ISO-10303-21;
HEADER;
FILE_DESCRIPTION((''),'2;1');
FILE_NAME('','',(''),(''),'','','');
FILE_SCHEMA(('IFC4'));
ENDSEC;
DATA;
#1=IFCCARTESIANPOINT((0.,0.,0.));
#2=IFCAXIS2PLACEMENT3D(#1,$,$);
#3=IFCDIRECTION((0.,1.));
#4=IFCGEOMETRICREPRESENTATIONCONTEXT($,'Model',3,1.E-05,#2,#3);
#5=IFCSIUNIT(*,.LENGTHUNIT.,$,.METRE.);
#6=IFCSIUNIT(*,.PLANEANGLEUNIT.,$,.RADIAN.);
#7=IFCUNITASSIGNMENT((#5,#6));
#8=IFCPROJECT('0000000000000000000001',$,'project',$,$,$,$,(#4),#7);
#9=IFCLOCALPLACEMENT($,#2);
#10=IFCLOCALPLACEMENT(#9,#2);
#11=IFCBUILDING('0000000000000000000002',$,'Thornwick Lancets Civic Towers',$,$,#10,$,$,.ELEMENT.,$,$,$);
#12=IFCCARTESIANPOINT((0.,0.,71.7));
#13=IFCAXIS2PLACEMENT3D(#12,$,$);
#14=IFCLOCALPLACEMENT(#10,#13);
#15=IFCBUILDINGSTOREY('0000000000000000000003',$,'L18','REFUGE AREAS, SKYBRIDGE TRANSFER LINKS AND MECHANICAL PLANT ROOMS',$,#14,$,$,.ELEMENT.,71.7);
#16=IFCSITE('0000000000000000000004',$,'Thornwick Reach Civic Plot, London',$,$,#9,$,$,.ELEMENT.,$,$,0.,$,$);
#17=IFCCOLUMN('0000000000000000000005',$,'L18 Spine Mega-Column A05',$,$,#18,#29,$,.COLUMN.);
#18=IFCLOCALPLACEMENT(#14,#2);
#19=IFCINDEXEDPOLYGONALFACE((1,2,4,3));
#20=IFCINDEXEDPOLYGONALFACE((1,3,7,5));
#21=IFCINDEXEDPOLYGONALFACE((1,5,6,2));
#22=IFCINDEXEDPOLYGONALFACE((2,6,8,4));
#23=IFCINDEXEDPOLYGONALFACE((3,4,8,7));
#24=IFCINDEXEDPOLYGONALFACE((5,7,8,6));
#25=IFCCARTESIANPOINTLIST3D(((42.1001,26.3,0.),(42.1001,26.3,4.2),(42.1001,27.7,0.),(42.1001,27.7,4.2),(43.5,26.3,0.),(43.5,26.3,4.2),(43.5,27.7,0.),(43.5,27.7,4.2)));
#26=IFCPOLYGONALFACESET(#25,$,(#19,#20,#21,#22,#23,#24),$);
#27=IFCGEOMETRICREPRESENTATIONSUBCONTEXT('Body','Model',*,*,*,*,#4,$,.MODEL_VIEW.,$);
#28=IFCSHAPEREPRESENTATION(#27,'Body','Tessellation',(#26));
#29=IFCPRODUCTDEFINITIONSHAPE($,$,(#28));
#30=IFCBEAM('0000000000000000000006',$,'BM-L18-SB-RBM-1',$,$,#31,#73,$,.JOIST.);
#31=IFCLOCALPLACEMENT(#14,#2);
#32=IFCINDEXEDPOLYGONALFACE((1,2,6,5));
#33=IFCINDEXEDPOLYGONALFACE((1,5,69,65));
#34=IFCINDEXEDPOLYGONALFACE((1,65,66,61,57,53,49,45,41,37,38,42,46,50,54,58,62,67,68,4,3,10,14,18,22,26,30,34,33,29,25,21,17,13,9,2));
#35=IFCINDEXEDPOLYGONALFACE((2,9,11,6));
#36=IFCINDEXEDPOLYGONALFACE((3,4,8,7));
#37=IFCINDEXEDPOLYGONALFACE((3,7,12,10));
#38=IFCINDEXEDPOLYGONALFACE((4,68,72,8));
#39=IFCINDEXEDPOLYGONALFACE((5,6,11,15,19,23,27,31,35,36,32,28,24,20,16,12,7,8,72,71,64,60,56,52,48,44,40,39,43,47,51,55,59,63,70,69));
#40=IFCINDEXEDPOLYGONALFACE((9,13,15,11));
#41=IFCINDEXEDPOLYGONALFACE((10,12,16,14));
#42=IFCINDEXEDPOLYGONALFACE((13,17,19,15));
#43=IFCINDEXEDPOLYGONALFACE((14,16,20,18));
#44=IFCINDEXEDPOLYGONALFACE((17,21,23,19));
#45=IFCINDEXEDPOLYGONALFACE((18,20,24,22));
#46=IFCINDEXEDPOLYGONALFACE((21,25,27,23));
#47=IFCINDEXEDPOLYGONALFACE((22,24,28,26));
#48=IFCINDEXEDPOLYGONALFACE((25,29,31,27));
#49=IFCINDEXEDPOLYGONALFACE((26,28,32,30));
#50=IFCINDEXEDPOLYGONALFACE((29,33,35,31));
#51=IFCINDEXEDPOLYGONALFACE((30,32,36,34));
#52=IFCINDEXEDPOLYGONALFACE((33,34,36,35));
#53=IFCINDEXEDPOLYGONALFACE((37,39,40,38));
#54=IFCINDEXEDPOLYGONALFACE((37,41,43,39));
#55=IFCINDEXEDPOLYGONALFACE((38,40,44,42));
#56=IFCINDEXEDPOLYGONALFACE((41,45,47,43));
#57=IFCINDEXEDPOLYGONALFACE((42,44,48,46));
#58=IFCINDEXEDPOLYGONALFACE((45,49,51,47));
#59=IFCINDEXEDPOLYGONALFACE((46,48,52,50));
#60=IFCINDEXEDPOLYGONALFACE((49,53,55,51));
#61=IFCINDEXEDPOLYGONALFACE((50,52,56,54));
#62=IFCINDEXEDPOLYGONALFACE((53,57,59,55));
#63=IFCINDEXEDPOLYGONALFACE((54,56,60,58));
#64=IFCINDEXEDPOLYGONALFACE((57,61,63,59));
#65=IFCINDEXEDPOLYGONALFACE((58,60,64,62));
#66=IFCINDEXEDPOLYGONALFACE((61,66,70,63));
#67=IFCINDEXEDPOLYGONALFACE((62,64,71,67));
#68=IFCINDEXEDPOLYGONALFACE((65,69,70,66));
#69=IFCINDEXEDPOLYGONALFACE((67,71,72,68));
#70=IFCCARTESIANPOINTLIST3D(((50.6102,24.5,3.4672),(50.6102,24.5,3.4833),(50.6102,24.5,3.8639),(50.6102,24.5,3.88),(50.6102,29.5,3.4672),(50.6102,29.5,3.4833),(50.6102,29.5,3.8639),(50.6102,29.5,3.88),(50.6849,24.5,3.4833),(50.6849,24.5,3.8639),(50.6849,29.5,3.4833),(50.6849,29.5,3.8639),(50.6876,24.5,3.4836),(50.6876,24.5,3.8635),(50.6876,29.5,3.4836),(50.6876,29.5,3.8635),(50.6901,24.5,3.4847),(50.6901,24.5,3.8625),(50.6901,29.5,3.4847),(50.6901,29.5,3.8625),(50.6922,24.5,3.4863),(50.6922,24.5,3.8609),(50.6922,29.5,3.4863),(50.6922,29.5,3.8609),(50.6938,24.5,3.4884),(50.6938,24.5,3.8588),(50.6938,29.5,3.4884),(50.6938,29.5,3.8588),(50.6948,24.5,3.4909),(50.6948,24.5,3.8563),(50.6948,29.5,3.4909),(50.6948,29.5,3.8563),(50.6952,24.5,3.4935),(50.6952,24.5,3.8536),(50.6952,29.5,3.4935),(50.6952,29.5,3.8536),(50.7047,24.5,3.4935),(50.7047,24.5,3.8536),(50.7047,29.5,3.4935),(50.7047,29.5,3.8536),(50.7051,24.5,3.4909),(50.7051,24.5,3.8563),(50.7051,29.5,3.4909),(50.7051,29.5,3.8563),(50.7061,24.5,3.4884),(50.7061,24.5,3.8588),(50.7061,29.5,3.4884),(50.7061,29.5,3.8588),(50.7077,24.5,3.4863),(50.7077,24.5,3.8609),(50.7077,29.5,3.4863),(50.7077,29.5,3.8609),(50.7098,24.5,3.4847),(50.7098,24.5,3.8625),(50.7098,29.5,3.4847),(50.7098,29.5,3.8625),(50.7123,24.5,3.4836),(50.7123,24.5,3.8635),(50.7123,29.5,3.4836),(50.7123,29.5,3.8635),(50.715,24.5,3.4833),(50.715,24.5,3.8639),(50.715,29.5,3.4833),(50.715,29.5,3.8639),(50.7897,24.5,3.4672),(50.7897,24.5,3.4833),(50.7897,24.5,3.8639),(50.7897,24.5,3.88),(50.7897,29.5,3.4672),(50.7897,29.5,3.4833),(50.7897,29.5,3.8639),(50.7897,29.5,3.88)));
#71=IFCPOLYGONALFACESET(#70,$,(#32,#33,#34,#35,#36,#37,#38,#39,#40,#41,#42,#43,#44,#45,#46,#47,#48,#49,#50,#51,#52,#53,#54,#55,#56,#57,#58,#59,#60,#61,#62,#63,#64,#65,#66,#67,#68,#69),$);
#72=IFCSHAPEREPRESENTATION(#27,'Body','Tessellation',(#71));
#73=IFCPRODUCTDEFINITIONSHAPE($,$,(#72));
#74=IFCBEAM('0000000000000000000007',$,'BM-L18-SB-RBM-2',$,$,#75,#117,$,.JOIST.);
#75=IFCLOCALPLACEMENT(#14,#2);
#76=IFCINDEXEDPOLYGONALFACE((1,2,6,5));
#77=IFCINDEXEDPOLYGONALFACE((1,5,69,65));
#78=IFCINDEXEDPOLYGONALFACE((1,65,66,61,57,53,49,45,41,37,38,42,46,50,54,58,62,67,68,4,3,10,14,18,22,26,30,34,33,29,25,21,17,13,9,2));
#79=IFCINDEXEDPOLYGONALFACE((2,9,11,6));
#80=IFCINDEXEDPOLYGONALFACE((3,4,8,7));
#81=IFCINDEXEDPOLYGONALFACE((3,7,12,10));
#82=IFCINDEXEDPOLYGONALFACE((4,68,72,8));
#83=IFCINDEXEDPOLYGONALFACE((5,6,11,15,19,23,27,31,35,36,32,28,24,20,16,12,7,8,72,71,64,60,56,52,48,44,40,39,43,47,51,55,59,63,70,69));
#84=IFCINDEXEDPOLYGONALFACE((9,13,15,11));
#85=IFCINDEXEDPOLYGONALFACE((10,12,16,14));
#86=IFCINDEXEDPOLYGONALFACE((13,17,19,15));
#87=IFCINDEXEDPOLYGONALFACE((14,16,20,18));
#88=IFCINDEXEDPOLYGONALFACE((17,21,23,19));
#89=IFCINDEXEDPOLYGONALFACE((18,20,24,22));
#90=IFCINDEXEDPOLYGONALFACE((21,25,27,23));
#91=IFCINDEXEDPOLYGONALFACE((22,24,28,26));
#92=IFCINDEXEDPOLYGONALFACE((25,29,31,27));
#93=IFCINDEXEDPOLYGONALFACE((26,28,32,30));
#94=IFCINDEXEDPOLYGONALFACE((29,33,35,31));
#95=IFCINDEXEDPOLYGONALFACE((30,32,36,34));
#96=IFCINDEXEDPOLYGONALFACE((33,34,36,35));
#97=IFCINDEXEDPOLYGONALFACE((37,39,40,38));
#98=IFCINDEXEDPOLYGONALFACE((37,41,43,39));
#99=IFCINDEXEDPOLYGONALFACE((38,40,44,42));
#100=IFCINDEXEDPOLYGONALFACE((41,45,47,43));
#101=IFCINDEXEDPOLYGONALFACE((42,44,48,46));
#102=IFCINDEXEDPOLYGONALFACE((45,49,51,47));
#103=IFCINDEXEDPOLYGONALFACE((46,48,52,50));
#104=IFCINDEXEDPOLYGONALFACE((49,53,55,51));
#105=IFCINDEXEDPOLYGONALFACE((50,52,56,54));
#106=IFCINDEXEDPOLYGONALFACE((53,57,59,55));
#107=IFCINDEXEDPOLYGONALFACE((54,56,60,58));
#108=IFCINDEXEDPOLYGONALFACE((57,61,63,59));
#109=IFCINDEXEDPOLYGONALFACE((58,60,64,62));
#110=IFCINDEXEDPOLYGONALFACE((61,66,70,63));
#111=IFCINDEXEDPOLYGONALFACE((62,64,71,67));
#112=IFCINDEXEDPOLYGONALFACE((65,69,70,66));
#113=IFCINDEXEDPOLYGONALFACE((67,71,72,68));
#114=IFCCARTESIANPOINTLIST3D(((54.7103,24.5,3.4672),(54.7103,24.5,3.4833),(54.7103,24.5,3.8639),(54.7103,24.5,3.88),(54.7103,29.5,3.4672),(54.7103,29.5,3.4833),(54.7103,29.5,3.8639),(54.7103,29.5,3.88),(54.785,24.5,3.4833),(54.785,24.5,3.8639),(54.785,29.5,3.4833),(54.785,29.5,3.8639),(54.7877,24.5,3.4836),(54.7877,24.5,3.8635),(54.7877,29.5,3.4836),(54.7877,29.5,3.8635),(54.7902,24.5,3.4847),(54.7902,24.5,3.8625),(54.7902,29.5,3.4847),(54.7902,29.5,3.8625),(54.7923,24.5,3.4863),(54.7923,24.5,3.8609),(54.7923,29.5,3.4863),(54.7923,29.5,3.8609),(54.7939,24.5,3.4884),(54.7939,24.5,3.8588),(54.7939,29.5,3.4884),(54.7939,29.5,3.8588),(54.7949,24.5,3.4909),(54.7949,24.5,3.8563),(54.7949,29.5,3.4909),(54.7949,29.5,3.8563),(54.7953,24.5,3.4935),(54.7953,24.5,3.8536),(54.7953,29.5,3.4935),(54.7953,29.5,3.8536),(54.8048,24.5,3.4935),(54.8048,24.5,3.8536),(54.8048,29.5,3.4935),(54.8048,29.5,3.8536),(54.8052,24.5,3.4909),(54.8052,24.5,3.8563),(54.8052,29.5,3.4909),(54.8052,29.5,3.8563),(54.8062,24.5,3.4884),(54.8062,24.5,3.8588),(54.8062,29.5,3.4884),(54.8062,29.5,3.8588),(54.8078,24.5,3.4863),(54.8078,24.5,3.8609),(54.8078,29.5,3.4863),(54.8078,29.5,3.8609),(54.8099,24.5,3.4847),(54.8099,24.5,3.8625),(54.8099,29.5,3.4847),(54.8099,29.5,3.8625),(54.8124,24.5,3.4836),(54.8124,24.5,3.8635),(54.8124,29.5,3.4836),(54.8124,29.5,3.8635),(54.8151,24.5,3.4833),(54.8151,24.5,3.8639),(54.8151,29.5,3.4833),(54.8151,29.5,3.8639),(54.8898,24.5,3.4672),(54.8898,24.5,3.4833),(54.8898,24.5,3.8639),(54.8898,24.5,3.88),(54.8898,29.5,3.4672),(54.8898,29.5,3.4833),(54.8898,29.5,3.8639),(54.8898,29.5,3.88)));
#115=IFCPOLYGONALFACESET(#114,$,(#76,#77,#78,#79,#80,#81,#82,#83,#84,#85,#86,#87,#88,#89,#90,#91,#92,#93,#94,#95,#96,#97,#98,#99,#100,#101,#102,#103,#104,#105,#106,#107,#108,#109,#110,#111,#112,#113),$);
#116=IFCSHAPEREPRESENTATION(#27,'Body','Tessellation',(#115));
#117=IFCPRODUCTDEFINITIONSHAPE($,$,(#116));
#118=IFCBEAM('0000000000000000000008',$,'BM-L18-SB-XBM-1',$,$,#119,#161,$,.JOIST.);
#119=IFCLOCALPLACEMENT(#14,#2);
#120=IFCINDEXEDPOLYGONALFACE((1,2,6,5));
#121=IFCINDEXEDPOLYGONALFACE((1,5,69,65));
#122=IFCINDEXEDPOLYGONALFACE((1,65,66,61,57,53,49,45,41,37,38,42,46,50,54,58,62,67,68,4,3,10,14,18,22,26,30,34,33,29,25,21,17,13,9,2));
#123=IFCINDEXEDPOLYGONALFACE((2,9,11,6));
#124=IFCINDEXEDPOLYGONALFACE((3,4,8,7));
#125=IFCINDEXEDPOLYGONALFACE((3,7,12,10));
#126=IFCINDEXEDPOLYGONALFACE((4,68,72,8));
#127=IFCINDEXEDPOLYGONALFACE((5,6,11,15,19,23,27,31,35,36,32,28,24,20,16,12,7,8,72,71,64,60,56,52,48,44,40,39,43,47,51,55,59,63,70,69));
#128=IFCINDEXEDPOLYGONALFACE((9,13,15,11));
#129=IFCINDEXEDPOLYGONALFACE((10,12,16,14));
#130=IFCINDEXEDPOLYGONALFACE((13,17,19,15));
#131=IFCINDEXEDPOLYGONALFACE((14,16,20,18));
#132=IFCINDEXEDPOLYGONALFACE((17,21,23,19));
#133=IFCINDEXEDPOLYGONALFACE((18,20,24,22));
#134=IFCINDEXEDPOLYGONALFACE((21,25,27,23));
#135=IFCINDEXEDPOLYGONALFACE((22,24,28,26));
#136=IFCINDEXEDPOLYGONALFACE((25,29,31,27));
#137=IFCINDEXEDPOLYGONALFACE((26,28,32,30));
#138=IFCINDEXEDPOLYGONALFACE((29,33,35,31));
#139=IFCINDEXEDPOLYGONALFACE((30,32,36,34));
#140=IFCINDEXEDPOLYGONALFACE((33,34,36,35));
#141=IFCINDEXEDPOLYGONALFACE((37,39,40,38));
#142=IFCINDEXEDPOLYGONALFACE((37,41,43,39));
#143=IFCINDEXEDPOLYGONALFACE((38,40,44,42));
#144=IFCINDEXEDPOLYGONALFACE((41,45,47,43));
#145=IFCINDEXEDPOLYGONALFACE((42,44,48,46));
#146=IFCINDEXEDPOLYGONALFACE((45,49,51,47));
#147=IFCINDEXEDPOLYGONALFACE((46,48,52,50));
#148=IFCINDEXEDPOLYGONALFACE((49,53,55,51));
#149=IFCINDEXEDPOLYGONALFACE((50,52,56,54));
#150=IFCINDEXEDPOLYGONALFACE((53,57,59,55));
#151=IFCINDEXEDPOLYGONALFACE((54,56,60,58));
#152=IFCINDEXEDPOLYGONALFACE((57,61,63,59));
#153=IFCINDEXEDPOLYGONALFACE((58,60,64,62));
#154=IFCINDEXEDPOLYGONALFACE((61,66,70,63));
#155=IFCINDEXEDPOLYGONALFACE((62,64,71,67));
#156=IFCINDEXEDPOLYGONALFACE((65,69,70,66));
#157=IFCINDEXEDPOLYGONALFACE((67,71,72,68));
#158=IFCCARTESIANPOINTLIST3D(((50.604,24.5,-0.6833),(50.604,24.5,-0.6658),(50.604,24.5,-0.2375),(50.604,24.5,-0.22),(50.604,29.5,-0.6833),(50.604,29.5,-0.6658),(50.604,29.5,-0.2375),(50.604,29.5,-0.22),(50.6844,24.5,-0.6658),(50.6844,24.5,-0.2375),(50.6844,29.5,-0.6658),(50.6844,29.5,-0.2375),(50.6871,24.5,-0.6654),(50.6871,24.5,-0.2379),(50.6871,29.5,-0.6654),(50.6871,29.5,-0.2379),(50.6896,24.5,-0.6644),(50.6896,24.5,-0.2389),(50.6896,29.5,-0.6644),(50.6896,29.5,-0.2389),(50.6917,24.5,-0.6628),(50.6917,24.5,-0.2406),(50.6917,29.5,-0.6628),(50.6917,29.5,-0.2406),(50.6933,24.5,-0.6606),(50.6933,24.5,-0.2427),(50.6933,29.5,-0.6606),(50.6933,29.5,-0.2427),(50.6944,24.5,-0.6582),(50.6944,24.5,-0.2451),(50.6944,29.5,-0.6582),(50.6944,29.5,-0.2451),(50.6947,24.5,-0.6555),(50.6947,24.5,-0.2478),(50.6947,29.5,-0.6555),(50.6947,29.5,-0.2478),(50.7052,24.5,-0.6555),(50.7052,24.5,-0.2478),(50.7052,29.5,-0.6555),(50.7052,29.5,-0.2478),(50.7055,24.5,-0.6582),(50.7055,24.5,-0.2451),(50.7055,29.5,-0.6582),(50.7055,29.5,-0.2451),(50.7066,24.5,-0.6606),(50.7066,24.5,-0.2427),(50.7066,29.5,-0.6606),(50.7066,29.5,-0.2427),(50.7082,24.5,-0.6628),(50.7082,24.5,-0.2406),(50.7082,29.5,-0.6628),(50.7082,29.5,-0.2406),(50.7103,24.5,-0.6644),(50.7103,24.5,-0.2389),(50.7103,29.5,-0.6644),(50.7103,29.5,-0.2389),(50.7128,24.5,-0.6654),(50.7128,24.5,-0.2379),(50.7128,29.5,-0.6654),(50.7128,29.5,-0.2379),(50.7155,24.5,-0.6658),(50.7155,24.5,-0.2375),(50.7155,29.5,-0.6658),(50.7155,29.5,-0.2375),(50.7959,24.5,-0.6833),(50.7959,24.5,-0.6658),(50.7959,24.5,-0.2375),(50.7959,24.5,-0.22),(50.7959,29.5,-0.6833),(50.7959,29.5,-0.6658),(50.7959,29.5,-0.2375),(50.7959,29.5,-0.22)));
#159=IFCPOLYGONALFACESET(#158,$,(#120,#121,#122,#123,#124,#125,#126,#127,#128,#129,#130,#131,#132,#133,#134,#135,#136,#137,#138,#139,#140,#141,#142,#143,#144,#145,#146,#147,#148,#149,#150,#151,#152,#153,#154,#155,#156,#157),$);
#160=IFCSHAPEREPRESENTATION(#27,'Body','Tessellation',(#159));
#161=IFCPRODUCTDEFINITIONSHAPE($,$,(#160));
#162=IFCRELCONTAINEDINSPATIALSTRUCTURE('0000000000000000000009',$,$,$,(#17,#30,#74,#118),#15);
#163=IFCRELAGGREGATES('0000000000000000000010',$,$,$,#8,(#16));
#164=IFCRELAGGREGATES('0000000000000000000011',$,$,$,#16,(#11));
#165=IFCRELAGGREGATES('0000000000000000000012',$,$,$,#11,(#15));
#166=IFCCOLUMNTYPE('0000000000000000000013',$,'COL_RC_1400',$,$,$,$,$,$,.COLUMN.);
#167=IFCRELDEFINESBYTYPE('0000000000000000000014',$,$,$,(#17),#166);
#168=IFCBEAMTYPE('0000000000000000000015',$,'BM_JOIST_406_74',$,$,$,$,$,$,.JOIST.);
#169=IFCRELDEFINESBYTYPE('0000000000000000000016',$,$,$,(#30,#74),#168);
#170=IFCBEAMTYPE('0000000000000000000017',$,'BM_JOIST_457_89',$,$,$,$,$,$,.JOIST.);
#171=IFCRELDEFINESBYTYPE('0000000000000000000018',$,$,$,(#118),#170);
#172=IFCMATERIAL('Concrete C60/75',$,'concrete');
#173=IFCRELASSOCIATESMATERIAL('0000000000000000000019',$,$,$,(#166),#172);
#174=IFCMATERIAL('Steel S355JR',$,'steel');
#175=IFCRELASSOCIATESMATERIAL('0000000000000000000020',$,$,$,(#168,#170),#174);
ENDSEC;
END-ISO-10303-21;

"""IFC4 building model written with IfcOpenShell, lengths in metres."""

from ifc_helpers import new_model, si_unit, direction, frame, origin, origin_2d, place, context, subcontext, project, spatial, rectangle, i_section, extrude, material, material_profile, profile_set, type_object, element, save


model = new_model("IFC4")

# Units and contexts
model_context = context("Model", 3, precision=1e-05, world=origin(), true_north=direction((0.0, 1.0)))
body_context = subcontext(model_context, "Body", "Model", "MODEL_VIEW")
ifc_project = project(units=[si_unit("LENGTHUNIT", "METRE"), si_unit("PLANEANGLEUNIT", "RADIAN")], contexts=[model_context])

# Site, building, storey
site_placement = place(None, origin())
site = spatial("IfcSite", under=ifc_project, at=site_placement, Name="Thornwick Reach Civic Plot, London", CompositionType="ELEMENT", RefElevation=0.0)
building_placement = place(site_placement, origin())
building = spatial("IfcBuilding", under=site, at=building_placement, Name="Thornwick Lancets Civic Towers", CompositionType="ELEMENT")
storey_placement = place(building_placement, frame((0.0, 0.0, 71.7)))
storey = spatial("IfcBuildingStorey", under=building, at=storey_placement, Name="L18", Description="REFUGE AREAS, SKYBRIDGE TRANSFER LINKS AND MECHANICAL PLANT ROOMS", CompositionType="ELEMENT", Elevation=71.7)

# Column
ifc_material_1 = material(Name="Concrete C60/75", Category="concrete")
ifc_material_profile_1 = material_profile(ifc_material_1, rectangle(XDim=1.3999, YDim=1.3999, at=origin_2d()), Name="RC 1400x1400")
ifc_profile_set_1 = profile_set([ifc_material_profile_1], Name="Concrete C60/75")
column_type = type_object("IfcColumnType", Name="COL_RC_1400", PredefinedType="COLUMN", material=ifc_profile_set_1)
column_placement = place(storey_placement, frame((42.8, 27.0, 0.0), z_axis=(0.0, 0.0, 1.0), x_axis=(1.0, 0.0, 0.0)))
element("IfcColumn", 1, at=column_placement, inside=storey, type_object=column_type, Name="L18 Spine Mega-Column A05", PredefinedType="COLUMN", context=body_context, shape_type="SweptSolid", body=[
    extrude(rectangle(XDim=1.3999, YDim=1.3999, at=origin_2d()), origin(), (0.0, 0.0, 1.0), 4.2),
])

# Beams
ifc_material_2 = material(Name="Steel S355JR", Category="steel")
ifc_material_profile_2 = material_profile(ifc_material_2, i_section(OverallWidth=0.1794, OverallDepth=0.4128, WebThickness=0.0095, FlangeThickness=0.0161, FilletRadius=0.0103, at=origin_2d()), Name="UKB 406x178x74")
ifc_profile_set_2 = profile_set([ifc_material_profile_2], Name="Steel S355JR")
beam_type_1 = type_object("IfcBeamType", Name="BM_JOIST_406_74", PredefinedType="JOIST", material=ifc_profile_set_2)
for number, where, z_axis, x_axis, name in (
    (2, (50.7, 24.5, 3.6736), (0.0, 1.0, 0.0), (-1.0, 0.0, 0.0), "BM-L18-SB-RBM-1"),
    (3, (54.8, 24.5, 3.6736), (0.0, 1.0, 0.0), (-1.0, 0.0, 0.0), "BM-L18-SB-RBM-2"),
):
    element("IfcBeam", number, at=place(storey_placement, frame(where, z_axis=z_axis, x_axis=x_axis)), inside=storey, type_object=beam_type_1, Name=name, PredefinedType="JOIST", context=body_context, shape_type="SweptSolid", body=[
        extrude(i_section(OverallWidth=0.1794, OverallDepth=0.4128, WebThickness=0.0095, FlangeThickness=0.0161, FilletRadius=0.0103, at=origin_2d()), origin(), (0.0, 0.0, 1.0), 5.0),
    ])
ifc_material_profile_3 = material_profile(ifc_material_2, i_section(OverallWidth=0.1919, OverallDepth=0.4634, WebThickness=0.0105, FlangeThickness=0.0176, FilletRadius=0.0103, at=origin_2d()), Name="UKB 457x191x89")
ifc_profile_set_3 = profile_set([ifc_material_profile_3], Name="Steel S355JR")
beam_type_2 = type_object("IfcBeamType", Name="BM_JOIST_457_89", PredefinedType="JOIST", material=ifc_profile_set_3)
for number, where, z_axis, x_axis, name in (
    (4, (50.7, 24.5, -0.4517), (0.0, 1.0, 0.0), (-1.0, 0.0, 0.0), "BM-L18-SB-XBM-1"),
):
    element("IfcBeam", number, at=place(storey_placement, frame(where, z_axis=z_axis, x_axis=x_axis)), inside=storey, type_object=beam_type_2, Name=name, PredefinedType="JOIST", context=body_context, shape_type="SweptSolid", body=[
        extrude(i_section(OverallWidth=0.1919, OverallDepth=0.4634, WebThickness=0.0105, FlangeThickness=0.0176, FilletRadius=0.0103, at=origin_2d()), origin(), (0.0, 0.0, 1.0), 5.0),
    ])

save(model, "model.ifc")
